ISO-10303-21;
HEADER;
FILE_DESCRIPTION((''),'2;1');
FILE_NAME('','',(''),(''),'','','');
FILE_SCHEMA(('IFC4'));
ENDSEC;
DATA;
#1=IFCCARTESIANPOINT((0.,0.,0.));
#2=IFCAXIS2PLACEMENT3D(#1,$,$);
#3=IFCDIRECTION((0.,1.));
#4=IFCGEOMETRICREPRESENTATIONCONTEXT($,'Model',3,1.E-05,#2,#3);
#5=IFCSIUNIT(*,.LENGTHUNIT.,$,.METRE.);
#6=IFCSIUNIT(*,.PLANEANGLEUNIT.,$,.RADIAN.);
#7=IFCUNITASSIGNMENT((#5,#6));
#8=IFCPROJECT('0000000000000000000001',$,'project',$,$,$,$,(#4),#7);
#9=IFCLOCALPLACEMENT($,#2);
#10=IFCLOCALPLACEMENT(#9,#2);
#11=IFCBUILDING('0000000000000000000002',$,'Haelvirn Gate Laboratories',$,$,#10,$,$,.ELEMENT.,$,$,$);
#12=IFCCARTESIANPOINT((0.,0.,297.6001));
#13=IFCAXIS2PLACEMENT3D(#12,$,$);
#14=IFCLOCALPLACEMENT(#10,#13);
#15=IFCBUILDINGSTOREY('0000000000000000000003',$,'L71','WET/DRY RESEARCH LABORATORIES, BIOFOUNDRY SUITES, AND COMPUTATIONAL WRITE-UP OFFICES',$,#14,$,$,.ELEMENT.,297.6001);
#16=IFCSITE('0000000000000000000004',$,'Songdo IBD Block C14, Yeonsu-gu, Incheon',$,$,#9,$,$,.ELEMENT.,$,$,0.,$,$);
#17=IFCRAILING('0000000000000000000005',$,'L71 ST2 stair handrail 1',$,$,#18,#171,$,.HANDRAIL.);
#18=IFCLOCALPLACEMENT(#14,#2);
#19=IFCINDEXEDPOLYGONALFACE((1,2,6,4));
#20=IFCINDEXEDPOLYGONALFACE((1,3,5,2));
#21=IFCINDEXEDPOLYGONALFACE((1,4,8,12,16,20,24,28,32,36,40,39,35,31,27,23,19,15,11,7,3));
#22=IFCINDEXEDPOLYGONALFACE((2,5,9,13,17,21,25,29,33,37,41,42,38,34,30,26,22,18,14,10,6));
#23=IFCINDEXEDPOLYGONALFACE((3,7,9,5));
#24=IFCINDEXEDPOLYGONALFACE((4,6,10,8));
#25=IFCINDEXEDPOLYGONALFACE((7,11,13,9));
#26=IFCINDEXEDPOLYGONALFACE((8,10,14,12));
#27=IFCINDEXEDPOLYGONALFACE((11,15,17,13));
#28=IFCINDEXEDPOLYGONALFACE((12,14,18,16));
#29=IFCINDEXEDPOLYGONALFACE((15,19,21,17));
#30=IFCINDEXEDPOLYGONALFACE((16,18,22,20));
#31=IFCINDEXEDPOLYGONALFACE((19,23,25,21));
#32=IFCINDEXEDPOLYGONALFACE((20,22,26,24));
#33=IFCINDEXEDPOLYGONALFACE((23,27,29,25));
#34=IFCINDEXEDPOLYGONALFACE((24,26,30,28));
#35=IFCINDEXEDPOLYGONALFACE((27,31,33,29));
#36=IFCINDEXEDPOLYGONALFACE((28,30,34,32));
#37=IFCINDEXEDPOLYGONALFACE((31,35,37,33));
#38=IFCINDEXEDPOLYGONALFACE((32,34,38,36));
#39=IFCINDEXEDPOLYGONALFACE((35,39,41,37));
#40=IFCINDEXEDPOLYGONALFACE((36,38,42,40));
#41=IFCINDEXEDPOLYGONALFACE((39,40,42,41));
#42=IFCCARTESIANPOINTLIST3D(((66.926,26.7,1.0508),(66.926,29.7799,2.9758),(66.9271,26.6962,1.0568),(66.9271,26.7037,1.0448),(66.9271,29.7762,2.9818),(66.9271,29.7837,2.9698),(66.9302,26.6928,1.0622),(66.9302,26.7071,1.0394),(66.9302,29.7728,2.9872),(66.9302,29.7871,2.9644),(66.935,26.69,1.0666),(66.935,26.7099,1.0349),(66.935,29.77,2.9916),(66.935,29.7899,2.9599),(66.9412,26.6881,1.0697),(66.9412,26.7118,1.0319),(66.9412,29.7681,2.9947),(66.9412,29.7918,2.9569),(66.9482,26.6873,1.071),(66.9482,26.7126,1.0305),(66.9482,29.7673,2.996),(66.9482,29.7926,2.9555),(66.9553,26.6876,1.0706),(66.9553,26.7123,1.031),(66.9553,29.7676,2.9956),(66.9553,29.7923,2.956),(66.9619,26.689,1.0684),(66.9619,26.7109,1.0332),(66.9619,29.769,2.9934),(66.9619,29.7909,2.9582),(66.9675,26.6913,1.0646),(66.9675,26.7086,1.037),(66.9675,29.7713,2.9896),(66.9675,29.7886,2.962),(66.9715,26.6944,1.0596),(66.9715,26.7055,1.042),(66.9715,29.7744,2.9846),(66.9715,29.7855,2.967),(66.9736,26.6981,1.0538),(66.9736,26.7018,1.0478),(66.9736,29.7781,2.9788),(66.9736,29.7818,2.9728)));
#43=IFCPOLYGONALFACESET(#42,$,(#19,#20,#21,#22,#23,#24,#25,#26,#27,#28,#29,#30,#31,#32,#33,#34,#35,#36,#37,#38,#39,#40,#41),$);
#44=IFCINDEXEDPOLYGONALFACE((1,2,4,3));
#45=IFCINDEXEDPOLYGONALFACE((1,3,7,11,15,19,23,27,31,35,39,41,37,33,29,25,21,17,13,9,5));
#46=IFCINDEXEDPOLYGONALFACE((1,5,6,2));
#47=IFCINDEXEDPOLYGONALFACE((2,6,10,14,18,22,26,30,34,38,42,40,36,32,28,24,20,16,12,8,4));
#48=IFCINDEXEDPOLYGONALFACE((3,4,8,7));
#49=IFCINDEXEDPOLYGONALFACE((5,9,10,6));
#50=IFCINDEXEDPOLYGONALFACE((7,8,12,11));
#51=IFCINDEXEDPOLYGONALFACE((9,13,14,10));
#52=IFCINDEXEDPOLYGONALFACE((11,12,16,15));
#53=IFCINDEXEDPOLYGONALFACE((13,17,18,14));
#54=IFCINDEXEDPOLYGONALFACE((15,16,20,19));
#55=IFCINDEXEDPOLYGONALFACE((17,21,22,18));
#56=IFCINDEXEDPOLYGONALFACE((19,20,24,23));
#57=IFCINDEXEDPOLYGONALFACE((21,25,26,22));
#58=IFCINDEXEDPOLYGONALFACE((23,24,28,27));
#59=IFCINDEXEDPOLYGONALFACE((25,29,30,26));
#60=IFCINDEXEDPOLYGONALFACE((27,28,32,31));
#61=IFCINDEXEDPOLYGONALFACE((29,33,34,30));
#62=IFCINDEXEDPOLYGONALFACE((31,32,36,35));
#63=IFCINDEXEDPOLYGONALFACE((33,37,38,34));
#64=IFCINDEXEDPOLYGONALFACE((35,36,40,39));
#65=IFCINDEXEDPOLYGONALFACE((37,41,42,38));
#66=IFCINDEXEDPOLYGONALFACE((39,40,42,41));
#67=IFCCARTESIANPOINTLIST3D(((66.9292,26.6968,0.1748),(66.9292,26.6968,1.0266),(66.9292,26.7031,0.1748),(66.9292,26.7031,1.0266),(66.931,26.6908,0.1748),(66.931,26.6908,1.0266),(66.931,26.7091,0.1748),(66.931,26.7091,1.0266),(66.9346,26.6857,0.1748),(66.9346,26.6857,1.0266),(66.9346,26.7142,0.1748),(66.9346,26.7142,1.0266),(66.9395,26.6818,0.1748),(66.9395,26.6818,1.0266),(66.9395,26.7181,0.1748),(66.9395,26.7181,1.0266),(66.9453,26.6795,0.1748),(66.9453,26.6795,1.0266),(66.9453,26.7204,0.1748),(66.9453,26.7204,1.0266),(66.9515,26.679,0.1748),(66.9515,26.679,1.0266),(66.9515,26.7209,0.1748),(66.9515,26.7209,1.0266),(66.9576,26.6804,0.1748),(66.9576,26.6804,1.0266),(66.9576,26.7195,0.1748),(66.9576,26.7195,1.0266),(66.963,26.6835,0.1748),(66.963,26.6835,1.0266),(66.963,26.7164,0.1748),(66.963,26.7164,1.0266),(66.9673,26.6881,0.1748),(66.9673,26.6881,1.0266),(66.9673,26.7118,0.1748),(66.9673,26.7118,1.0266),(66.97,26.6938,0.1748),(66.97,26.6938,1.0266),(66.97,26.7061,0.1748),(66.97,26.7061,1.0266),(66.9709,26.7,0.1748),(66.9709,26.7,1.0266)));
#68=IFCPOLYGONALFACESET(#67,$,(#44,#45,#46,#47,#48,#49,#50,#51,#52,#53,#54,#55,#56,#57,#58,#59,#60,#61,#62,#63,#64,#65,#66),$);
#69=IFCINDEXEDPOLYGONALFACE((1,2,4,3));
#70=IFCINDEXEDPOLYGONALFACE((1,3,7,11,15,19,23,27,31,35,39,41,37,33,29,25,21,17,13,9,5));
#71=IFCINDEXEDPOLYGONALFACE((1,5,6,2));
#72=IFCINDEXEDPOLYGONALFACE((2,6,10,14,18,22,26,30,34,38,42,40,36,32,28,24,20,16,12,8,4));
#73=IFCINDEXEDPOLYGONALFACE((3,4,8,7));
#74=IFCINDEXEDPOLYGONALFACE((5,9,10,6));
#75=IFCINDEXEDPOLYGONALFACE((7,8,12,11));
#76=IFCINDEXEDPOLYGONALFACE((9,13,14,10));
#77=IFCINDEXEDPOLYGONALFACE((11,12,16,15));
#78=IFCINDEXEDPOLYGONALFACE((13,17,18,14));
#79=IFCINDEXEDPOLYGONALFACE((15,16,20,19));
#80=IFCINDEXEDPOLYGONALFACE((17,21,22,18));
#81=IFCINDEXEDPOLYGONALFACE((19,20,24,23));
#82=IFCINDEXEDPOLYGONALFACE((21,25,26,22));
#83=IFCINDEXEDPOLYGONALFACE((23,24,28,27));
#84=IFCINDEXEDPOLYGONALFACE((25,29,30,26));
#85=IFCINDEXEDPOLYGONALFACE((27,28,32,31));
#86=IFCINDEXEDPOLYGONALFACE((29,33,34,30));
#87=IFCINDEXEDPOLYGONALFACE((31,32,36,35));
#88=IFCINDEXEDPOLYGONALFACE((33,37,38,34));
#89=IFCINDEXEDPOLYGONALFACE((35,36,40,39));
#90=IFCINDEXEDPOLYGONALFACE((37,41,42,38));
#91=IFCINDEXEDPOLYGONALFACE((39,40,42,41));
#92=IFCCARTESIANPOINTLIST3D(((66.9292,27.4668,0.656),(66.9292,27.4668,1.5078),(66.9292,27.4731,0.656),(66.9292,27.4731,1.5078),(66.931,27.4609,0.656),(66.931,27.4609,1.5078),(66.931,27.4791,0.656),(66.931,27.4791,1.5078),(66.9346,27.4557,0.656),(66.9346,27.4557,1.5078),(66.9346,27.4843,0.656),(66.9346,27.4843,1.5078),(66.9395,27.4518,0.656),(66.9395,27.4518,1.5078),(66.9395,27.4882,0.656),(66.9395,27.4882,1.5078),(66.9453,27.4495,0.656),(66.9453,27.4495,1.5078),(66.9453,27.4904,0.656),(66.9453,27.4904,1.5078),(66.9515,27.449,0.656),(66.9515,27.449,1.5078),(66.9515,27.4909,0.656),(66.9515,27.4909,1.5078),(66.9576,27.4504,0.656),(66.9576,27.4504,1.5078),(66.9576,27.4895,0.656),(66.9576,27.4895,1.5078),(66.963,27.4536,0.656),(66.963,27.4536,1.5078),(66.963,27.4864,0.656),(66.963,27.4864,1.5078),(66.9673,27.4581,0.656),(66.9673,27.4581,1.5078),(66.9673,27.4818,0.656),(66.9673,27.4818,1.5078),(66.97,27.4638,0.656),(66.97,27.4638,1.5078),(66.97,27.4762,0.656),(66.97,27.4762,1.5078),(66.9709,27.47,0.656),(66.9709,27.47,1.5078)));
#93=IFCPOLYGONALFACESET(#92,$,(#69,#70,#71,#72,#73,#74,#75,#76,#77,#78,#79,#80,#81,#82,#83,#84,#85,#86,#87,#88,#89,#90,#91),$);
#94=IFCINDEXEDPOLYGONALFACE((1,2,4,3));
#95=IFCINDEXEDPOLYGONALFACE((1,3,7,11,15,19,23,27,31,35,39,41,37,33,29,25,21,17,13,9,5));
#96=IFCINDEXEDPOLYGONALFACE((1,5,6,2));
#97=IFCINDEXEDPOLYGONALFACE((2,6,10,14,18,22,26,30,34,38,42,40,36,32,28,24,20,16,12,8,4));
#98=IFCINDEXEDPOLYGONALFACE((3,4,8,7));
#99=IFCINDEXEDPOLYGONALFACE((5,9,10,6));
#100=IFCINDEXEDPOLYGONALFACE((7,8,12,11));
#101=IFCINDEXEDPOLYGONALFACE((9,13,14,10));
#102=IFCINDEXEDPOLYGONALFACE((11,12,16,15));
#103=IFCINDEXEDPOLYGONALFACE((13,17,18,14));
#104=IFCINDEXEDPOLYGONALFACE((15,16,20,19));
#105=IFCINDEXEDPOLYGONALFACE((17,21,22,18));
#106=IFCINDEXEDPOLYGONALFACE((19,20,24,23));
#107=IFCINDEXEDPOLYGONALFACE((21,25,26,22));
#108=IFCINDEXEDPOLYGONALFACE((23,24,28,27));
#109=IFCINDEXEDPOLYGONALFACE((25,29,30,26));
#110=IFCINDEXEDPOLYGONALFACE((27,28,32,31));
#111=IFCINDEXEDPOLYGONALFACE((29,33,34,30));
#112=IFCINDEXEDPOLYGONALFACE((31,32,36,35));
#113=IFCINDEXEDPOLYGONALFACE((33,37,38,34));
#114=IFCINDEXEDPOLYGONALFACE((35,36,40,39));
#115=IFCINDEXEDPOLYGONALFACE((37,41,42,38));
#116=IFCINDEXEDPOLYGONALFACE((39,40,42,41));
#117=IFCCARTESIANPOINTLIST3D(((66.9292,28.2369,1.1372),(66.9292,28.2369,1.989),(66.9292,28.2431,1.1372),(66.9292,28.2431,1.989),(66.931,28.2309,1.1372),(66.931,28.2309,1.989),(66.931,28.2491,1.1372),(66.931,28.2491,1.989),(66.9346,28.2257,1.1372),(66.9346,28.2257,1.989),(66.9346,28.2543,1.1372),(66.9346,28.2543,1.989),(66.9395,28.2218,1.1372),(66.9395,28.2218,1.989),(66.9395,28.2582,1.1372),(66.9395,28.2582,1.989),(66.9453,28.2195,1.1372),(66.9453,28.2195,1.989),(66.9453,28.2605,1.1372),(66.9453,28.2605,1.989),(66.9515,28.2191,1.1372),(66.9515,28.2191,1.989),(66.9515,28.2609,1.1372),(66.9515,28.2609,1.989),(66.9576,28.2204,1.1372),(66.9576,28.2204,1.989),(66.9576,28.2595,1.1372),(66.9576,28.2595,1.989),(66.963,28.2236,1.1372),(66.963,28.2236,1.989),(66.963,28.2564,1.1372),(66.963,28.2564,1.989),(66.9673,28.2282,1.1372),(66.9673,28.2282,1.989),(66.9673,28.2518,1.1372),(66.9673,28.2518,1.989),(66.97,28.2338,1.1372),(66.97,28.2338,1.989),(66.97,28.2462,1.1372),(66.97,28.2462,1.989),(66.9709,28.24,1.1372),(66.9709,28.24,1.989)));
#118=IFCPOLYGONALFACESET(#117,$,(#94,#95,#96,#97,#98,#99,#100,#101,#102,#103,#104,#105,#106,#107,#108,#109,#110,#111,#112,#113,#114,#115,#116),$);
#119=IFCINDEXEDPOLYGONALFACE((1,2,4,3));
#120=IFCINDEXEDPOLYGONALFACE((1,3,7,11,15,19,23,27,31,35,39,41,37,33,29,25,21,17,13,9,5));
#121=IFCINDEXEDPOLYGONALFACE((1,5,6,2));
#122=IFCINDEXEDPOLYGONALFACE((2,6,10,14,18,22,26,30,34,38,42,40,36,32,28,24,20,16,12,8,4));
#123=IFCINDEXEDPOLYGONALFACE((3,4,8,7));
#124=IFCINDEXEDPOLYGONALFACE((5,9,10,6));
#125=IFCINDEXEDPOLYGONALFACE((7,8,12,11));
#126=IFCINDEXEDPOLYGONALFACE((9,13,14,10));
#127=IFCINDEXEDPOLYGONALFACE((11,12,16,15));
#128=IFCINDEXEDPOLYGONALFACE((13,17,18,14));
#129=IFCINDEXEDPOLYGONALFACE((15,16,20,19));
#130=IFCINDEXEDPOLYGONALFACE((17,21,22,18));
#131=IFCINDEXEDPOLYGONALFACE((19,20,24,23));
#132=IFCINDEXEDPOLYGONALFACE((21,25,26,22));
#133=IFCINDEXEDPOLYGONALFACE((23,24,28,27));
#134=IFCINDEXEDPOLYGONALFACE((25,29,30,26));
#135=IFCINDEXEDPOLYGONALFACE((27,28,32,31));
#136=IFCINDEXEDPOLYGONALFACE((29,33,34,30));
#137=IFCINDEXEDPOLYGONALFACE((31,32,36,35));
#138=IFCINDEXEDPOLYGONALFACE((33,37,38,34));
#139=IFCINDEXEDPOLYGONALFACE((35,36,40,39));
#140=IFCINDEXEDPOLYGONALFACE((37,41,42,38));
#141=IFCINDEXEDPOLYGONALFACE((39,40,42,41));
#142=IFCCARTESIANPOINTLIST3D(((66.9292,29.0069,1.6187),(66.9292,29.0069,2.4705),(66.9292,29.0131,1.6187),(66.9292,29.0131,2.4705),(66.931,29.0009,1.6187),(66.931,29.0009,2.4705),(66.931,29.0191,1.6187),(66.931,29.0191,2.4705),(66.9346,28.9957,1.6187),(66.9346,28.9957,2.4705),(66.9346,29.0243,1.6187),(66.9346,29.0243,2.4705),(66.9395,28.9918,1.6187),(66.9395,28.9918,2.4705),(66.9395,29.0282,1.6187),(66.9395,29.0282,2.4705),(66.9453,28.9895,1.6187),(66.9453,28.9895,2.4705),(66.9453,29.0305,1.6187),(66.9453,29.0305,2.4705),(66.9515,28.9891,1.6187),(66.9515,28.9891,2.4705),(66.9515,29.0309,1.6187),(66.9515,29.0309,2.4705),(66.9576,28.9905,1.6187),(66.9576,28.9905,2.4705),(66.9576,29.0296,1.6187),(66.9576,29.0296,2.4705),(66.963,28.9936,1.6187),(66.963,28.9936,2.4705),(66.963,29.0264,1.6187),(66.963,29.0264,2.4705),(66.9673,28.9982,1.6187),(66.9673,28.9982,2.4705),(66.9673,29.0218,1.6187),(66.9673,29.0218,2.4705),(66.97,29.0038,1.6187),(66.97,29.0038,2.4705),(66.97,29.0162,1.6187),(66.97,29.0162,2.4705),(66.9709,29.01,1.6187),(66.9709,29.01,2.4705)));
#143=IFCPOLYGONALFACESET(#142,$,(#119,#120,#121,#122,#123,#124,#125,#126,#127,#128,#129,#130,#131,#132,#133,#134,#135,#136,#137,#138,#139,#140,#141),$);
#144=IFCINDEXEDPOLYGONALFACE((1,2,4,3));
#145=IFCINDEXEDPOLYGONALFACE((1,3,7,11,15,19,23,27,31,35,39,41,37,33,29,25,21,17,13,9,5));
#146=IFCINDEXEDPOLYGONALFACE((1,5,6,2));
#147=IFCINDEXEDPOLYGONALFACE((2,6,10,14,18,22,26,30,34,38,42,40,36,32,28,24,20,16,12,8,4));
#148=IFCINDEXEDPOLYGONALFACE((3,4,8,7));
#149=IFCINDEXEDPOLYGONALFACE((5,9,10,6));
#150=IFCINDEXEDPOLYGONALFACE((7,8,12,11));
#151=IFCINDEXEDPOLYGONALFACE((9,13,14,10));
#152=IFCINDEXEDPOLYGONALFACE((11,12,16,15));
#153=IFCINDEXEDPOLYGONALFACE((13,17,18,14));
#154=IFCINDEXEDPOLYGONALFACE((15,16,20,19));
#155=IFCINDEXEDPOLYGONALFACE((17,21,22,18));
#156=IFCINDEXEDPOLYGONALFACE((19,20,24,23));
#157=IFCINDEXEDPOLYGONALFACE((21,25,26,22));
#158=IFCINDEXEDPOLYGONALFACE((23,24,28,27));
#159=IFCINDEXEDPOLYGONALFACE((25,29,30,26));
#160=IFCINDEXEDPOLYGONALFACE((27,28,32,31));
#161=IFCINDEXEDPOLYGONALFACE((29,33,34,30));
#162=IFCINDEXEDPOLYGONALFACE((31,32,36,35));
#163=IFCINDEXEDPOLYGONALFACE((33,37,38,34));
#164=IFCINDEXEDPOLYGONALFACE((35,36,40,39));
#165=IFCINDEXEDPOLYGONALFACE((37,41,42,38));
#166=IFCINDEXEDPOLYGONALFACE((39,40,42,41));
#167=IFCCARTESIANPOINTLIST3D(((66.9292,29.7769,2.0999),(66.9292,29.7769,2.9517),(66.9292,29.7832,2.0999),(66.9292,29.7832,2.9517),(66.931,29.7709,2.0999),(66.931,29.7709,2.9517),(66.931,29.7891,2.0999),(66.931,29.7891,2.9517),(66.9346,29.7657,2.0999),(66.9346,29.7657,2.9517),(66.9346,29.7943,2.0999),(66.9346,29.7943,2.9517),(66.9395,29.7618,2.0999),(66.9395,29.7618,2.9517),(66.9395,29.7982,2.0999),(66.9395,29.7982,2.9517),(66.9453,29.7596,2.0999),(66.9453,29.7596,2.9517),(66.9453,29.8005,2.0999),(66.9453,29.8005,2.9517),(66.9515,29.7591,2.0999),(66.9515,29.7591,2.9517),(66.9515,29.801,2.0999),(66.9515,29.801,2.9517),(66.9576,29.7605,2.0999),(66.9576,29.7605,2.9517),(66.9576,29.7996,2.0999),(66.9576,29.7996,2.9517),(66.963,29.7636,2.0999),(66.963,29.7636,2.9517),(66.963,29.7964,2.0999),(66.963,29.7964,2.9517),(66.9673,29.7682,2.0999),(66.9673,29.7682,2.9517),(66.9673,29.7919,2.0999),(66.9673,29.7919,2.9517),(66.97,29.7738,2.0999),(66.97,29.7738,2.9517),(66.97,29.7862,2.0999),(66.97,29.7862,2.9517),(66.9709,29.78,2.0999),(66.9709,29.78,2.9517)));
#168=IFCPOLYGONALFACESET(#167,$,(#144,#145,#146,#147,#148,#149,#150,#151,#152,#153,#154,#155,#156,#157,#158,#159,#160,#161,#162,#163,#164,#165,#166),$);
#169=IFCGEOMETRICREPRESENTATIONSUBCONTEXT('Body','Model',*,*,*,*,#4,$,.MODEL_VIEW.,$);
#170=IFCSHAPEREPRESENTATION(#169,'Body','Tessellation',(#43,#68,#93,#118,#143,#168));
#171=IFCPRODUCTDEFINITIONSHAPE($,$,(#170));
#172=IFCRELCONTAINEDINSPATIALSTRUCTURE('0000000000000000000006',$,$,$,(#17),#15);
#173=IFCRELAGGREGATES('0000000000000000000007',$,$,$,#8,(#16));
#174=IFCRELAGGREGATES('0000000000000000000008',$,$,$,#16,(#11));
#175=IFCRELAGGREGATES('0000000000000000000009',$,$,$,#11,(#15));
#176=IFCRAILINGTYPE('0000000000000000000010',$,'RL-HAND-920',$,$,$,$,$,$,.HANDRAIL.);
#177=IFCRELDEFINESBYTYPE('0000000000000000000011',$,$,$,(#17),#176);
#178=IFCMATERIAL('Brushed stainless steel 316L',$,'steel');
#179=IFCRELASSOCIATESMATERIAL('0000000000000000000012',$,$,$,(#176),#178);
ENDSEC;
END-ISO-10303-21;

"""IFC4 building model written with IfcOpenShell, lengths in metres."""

from ifc_helpers import new_model, si_unit, direction, frame, origin, origin_2d, place, context, subcontext, project, spatial, circle, extrude, source, transform, mapped, material, type_object, element, save


model = new_model("IFC4")

# Units and contexts
model_context = context("Model", 3, precision=1e-05, world=origin(), true_north=direction((0.0, 1.0)))
body_context = subcontext(model_context, "Body", "Model", "MODEL_VIEW")
ifc_project = project(units=[si_unit("LENGTHUNIT", "METRE"), si_unit("PLANEANGLEUNIT", "RADIAN")], contexts=[model_context])

# Site, building, storey
site_placement = place(None, origin())
site = spatial("IfcSite", under=ifc_project, at=site_placement, Name="Songdo IBD Block C14, Yeonsu-gu, Incheon", CompositionType="ELEMENT", RefElevation=0.0)
building_placement = place(site_placement, origin())
building = spatial("IfcBuilding", under=site, at=building_placement, Name="Haelvirn Gate Laboratories", CompositionType="ELEMENT")
storey_placement = place(building_placement, frame((0.0, 0.0, 297.6001)))
storey = spatial("IfcBuildingStorey", under=building, at=storey_placement, Name="L71", Description="WET/DRY RESEARCH LABORATORIES, BIOFOUNDRY SUITES, AND COMPUTATIONAL WRITE-UP OFFICES", CompositionType="ELEMENT", Elevation=297.6001)

# Railing
ifc_material_1 = material(Name="Brushed stainless steel 316L", Category="steel")
railing_type_1 = type_object("IfcRailingType", Name="RL-HAND-920", PredefinedType="HANDRAIL", material=ifc_material_1)
shared_shape_1 = source(origin(), body_context, "Body", "SweptSolid", [
    extrude(circle(Radius=0.0239, at=origin_2d()), frame((0.0, 0.0, 0.876), z_axis=(0.0, 0.847998, 0.529999), x_axis=(-1.0, 0.0, 0.0)), (0.0, 0.0, 1.0), 3.6321),
    extrude(circle(Radius=0.021, at=origin_2d()), origin(), (0.0, 0.0, 1.0), 0.8518),
    extrude(circle(Radius=0.021, at=origin_2d()), frame((0.0, 0.77, 0.4812)), (0.0, 0.0, 1.0), 0.8518),
    extrude(circle(Radius=0.021, at=origin_2d()), frame((0.0, 1.54, 0.9624)), (0.0, 0.0, 1.0), 0.8518),
    extrude(circle(Radius=0.021, at=origin_2d()), frame((0.0, 2.3101, 1.4438)), (0.0, 0.0, 1.0), 0.8518),
    extrude(circle(Radius=0.021, at=origin_2d()), frame((0.0, 3.0801, 1.925)), (0.0, 0.0, 1.0), 0.8518),
])
railing_1_placement = place(storey_placement, frame((66.95, 26.7, 0.1748)))
element("IfcRailing", 1, at=railing_1_placement, inside=storey, type_object=railing_type_1, Name="L71 ST2 stair handrail 1", PredefinedType="HANDRAIL", context=body_context, shape_type="MappedRepresentation", body=[
    mapped(shared_shape_1, transform((0.0, 0.0, 0.0), scale=1.0)),
])

save(model, "model.ifc")
